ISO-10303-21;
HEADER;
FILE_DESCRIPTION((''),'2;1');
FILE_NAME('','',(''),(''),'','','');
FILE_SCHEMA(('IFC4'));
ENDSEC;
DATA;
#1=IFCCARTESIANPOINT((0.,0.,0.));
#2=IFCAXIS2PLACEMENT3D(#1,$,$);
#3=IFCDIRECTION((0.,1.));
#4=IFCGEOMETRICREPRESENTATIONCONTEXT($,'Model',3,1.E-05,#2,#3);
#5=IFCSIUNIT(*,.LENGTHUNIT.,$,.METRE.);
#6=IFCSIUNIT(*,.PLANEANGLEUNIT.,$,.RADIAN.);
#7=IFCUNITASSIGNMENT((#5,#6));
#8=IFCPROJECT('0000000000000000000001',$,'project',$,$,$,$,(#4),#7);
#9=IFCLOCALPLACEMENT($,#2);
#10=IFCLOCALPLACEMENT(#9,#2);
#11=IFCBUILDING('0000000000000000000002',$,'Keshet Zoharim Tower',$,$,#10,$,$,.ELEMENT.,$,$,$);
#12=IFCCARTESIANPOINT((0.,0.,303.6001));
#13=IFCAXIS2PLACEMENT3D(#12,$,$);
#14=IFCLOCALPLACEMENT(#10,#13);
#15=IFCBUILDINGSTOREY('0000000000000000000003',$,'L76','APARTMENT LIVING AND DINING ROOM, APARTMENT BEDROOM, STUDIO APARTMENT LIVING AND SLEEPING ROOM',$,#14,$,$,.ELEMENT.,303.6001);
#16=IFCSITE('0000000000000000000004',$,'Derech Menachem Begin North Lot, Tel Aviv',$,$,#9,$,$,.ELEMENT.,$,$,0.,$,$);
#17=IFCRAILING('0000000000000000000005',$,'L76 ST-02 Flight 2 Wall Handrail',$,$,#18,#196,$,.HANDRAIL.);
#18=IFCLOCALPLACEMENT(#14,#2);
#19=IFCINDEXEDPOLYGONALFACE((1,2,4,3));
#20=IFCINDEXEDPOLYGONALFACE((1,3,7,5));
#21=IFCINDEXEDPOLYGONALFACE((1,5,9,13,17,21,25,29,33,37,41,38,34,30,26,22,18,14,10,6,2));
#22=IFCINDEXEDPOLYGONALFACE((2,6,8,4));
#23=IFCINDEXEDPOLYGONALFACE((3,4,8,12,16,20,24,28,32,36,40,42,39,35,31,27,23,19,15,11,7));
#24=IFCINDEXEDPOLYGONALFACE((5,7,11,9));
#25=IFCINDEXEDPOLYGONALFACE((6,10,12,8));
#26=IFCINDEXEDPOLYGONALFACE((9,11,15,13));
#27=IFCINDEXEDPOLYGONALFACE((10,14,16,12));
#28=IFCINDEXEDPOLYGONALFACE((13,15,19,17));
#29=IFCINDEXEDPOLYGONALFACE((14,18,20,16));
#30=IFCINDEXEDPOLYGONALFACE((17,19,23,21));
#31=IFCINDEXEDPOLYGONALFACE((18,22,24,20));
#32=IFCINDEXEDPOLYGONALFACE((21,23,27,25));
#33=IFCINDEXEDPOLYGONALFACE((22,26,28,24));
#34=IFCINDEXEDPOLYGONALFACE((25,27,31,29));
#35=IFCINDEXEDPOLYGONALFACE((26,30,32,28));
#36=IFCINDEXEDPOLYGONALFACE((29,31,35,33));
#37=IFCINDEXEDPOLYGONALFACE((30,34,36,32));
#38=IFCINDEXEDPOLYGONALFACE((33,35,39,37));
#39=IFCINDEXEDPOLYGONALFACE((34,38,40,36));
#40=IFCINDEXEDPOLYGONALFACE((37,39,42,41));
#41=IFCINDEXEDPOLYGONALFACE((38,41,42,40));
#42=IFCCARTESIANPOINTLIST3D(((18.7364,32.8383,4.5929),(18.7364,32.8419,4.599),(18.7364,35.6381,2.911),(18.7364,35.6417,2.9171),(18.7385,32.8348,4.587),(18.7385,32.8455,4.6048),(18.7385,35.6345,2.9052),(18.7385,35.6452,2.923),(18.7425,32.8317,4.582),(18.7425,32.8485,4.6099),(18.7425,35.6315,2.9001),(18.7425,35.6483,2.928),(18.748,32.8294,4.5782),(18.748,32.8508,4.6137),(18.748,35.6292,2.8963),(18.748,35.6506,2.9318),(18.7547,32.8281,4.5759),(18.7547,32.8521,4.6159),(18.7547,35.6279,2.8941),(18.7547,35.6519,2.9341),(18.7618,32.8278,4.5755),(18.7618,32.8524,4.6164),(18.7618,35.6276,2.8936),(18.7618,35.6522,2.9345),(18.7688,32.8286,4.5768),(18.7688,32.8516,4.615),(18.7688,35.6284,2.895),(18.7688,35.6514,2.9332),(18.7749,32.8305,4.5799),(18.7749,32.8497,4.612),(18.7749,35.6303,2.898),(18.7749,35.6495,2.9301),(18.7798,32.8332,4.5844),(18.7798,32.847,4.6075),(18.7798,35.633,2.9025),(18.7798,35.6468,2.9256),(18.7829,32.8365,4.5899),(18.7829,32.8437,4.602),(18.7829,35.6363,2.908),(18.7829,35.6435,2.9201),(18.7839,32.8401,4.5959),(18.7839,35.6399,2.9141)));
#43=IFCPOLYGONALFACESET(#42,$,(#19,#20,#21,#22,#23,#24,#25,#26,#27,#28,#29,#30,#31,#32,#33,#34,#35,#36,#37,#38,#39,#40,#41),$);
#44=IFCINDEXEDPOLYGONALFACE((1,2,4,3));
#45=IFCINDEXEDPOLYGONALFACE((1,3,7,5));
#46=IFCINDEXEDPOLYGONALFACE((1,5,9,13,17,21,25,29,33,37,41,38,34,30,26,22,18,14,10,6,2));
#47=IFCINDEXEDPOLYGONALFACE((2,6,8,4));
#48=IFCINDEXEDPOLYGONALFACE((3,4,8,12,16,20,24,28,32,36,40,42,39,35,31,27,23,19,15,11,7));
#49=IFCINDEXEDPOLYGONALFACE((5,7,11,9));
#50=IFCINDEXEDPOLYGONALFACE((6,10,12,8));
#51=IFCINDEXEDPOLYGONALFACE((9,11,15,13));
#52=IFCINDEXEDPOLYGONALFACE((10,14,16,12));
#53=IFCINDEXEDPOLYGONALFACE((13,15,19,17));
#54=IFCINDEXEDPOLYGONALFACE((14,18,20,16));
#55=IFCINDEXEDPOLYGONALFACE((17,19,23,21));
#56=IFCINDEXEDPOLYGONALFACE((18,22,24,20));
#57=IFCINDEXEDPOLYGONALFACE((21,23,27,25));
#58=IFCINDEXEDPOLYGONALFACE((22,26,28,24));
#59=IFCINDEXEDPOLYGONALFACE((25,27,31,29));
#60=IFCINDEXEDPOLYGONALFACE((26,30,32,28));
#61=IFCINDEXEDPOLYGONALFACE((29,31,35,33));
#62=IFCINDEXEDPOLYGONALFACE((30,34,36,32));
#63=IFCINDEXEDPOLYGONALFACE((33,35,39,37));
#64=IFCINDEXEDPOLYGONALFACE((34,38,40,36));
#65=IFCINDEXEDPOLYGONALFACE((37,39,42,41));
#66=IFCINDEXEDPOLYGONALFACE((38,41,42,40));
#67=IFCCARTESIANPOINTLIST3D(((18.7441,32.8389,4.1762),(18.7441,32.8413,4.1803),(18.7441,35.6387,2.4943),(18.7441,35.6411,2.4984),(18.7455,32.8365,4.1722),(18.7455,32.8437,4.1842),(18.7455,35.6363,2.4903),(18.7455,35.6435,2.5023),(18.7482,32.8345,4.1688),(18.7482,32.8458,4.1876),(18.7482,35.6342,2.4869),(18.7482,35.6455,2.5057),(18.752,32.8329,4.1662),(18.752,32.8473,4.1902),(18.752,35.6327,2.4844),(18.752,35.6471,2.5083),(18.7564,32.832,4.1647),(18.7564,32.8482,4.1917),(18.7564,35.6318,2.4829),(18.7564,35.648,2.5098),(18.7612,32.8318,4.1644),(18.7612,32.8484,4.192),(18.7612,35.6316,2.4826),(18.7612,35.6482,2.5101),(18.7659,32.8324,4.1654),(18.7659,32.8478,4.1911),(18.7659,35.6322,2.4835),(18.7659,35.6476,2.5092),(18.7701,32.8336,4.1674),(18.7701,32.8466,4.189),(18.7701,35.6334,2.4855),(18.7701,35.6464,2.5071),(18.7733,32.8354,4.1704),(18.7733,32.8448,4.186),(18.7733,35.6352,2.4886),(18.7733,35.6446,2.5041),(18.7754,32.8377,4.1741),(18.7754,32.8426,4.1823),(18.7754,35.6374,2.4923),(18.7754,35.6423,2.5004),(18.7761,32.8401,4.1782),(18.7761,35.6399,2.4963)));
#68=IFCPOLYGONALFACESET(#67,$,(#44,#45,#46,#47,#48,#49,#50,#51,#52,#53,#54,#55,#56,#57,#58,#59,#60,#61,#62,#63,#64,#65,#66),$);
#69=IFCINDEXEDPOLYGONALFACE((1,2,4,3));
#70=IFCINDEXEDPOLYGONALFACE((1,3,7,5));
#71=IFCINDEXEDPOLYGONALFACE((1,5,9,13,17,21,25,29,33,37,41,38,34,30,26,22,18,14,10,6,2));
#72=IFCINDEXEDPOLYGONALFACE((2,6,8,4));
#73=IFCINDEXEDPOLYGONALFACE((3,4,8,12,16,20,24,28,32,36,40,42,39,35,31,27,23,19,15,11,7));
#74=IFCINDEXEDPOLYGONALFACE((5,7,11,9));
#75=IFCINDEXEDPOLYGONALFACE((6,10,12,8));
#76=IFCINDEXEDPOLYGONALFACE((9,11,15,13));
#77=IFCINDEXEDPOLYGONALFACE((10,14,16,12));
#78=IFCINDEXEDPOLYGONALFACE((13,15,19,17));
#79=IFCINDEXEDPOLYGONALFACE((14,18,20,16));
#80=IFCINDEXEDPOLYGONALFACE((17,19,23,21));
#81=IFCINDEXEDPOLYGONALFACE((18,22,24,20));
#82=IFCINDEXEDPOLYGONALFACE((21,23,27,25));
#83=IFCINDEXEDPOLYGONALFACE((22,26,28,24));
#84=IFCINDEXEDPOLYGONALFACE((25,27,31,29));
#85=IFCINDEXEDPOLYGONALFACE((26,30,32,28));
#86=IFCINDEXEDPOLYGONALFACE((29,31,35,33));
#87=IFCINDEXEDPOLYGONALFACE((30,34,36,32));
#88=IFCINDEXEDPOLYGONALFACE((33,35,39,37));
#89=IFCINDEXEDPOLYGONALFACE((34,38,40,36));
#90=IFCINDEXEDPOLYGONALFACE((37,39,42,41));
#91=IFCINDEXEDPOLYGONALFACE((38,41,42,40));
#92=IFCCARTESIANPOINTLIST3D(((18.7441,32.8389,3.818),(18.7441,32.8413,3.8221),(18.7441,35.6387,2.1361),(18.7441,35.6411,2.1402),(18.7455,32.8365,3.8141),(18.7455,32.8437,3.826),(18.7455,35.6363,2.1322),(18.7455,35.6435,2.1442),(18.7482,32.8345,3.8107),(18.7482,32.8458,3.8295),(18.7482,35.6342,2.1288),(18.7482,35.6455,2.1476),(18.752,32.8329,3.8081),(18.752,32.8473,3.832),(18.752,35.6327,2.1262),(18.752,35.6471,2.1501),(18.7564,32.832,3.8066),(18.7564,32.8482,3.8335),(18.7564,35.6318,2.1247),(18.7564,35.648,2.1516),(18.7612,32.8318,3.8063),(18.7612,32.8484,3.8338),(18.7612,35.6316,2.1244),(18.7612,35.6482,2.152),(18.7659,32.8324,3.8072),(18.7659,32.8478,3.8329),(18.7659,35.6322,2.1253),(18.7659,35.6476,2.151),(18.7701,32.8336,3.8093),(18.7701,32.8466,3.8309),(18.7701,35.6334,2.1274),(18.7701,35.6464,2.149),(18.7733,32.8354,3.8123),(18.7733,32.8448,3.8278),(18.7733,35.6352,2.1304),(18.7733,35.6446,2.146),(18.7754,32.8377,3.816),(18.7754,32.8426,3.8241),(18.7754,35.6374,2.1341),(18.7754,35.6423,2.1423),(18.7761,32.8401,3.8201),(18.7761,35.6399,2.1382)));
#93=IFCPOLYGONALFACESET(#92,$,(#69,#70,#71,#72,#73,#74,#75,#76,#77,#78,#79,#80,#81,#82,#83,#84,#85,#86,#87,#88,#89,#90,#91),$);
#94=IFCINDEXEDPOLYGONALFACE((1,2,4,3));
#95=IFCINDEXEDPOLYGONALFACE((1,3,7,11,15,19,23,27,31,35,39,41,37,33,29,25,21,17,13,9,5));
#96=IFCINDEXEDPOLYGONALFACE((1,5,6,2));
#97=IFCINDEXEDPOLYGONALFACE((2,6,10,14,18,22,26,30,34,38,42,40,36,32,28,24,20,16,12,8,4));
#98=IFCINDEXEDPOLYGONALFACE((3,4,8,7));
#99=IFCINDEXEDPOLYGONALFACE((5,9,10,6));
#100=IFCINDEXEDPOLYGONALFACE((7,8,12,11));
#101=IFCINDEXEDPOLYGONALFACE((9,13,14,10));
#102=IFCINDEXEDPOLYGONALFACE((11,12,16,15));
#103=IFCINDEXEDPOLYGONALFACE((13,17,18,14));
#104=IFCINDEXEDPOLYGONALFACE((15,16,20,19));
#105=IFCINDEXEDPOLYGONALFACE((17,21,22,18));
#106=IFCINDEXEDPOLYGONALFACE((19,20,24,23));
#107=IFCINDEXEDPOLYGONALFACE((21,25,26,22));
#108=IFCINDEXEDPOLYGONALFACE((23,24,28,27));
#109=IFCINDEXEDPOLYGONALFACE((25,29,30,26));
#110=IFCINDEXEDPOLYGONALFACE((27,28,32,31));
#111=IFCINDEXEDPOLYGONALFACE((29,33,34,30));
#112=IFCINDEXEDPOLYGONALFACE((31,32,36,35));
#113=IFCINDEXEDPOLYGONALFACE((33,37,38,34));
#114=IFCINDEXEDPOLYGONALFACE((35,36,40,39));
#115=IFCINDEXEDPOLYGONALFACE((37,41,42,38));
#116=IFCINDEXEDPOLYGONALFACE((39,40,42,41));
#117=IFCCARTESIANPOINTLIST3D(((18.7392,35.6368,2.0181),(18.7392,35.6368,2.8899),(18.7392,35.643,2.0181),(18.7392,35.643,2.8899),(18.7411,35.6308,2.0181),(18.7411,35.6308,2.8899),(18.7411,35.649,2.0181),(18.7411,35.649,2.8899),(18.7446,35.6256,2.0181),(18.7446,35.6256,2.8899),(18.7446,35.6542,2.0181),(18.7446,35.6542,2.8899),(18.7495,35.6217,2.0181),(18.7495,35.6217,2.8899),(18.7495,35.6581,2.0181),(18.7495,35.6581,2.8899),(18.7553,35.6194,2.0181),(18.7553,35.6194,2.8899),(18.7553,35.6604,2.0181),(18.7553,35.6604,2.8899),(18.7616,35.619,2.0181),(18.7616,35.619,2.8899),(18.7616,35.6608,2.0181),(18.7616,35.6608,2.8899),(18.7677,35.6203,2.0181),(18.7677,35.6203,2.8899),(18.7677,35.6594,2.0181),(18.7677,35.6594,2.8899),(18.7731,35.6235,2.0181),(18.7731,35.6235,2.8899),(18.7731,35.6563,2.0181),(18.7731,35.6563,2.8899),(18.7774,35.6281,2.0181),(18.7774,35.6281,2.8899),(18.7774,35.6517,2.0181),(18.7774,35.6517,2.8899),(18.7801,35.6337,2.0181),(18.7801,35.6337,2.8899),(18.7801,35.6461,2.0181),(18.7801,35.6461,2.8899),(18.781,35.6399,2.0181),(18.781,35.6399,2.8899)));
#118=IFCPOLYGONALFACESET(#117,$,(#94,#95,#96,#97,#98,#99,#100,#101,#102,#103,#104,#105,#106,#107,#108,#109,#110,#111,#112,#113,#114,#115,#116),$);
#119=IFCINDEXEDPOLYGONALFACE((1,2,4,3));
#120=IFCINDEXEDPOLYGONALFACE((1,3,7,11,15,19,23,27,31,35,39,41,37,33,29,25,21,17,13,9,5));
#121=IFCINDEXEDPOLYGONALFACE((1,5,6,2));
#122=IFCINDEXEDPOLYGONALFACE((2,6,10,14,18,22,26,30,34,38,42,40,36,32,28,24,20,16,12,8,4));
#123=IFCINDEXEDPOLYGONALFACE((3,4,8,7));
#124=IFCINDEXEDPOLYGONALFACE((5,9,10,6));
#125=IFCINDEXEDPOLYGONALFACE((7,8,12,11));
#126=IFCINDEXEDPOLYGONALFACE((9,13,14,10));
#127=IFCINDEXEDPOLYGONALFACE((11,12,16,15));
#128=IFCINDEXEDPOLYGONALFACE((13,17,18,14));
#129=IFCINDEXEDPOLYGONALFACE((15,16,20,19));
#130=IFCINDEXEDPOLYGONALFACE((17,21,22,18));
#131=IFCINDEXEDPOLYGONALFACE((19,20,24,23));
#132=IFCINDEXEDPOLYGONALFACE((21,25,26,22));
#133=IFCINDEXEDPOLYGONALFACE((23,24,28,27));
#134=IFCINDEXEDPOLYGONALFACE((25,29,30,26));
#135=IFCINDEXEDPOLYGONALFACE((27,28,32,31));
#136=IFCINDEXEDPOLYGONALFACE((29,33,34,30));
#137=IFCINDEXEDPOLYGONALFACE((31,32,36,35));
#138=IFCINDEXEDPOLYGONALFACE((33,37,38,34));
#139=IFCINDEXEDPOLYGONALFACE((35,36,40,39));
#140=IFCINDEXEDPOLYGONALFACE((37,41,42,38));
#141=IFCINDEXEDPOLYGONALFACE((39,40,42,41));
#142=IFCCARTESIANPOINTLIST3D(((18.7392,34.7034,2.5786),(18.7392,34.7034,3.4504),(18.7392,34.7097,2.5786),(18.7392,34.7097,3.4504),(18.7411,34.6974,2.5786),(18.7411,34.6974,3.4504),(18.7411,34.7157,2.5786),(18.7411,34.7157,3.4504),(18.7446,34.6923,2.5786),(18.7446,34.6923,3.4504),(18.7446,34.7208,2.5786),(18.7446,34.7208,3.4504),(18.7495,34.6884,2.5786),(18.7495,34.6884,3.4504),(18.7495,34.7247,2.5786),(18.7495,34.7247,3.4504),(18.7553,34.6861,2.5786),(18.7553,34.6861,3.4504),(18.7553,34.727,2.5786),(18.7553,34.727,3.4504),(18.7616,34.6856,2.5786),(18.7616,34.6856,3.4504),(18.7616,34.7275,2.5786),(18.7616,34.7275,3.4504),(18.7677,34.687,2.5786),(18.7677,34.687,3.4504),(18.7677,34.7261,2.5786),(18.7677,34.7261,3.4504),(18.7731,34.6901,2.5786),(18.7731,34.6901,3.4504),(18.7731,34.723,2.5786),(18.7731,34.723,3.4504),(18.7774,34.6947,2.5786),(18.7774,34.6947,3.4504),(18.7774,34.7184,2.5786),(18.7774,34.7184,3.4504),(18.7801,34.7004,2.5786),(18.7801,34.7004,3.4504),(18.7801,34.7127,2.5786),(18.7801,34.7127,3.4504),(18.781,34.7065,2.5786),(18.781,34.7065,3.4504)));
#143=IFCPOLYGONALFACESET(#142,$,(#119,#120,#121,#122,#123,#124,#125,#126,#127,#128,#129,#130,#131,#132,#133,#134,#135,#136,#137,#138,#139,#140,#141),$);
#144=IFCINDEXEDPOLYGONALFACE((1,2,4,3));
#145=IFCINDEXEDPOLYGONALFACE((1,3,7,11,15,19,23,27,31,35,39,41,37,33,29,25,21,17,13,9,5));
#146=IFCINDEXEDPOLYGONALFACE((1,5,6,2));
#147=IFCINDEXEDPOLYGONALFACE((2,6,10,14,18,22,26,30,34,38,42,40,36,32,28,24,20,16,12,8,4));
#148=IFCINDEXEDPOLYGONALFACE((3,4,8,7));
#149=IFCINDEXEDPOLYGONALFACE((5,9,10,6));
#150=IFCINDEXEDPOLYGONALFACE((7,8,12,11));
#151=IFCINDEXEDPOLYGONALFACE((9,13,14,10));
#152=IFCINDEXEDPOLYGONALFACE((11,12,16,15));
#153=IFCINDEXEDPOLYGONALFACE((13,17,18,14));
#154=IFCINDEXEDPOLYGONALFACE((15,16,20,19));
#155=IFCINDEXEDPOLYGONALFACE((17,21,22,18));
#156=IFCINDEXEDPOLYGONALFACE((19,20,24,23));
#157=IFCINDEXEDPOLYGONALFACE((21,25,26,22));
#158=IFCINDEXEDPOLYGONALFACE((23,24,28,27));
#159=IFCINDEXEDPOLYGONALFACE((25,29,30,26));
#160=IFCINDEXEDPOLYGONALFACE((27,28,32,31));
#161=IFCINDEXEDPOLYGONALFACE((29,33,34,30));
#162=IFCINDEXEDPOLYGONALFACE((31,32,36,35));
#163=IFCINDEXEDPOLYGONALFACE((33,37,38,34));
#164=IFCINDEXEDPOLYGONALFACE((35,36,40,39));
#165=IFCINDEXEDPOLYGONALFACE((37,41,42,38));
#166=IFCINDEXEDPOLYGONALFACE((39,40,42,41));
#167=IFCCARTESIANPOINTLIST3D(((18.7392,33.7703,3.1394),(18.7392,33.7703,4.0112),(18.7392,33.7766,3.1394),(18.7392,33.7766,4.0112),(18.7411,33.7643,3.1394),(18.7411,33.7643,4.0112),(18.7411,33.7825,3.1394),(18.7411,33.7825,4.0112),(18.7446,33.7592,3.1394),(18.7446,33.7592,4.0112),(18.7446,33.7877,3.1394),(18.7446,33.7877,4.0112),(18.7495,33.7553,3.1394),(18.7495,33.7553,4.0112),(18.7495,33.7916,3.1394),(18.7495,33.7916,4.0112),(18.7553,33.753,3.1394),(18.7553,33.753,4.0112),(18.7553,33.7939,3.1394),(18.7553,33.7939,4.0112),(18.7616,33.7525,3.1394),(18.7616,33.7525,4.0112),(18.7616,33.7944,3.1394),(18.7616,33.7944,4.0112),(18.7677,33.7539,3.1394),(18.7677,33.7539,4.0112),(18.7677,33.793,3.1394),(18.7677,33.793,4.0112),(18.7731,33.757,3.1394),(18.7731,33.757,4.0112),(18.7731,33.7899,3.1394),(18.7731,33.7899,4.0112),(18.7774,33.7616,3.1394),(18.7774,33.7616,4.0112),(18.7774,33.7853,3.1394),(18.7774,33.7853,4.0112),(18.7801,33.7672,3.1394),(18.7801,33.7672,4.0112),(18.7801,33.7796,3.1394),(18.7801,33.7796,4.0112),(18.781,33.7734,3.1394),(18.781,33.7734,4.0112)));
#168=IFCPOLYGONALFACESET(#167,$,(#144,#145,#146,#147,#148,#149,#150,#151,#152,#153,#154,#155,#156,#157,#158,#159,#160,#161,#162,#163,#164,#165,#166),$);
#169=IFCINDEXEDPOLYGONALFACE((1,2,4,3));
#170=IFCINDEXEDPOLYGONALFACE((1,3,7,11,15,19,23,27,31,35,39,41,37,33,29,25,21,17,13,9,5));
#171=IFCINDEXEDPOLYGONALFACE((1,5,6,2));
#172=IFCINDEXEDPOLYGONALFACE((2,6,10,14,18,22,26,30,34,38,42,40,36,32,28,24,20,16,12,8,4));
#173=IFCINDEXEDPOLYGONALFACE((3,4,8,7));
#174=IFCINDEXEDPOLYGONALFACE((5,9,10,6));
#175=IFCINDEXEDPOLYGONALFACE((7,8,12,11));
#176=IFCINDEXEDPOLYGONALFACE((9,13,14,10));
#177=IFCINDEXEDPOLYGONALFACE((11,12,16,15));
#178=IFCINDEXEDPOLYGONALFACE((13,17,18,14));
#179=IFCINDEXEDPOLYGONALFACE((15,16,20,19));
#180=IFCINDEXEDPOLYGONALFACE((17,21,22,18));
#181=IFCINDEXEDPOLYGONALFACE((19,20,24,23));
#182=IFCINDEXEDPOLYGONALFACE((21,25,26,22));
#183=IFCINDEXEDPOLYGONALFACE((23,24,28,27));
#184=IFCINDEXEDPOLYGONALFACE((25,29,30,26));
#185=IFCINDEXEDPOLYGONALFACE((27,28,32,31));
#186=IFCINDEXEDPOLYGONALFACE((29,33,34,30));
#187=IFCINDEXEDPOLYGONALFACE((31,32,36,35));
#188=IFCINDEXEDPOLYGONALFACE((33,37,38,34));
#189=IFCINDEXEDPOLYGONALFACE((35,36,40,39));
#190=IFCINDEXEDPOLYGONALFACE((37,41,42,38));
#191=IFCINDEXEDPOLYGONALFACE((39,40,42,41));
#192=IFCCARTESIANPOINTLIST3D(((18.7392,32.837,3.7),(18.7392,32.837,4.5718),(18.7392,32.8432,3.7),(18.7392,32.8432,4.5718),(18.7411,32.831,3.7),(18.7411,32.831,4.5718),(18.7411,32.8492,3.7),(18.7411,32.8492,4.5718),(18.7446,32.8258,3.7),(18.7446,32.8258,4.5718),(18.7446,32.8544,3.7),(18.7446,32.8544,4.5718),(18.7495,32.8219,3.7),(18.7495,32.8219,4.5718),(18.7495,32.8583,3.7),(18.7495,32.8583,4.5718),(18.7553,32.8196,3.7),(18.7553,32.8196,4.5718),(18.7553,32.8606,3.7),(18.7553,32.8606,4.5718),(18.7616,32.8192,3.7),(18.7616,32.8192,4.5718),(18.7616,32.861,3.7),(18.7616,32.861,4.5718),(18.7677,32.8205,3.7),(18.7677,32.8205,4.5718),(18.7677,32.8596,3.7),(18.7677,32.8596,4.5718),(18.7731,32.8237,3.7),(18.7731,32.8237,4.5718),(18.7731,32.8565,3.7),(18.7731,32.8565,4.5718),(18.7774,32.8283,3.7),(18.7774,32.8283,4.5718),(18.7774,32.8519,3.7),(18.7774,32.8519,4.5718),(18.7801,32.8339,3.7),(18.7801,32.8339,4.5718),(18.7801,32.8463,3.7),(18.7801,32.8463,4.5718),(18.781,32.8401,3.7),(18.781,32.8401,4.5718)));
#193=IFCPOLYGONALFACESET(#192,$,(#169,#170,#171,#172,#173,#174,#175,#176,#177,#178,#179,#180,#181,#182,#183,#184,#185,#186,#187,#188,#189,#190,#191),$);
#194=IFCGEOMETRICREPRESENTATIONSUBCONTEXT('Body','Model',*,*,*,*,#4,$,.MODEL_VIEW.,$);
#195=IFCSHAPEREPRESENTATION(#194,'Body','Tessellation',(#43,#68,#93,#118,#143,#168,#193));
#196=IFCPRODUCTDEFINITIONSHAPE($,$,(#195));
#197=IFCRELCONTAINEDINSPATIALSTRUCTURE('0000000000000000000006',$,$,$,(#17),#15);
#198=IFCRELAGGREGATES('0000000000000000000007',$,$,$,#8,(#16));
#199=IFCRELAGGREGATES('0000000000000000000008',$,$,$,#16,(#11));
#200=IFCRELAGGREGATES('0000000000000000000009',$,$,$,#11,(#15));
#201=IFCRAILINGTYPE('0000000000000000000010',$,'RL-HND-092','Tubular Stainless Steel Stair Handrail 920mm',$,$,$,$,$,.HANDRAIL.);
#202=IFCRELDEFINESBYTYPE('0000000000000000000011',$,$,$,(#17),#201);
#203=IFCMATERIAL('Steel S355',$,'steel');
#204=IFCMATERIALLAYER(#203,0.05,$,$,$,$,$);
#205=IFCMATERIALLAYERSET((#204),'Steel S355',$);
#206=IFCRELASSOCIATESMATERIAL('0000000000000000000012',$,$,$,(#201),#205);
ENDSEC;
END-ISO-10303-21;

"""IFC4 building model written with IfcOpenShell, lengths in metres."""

from ifc_helpers import new_model, si_unit, direction, frame, origin, origin_2d, place, context, subcontext, project, spatial, circle, extrude, material, layer, layer_set, type_object, element, save


model = new_model("IFC4")

# Units and contexts
model_context = context("Model", 3, precision=1e-05, world=origin(), true_north=direction((0.0, 1.0)))
body_context = subcontext(model_context, "Body", "Model", "MODEL_VIEW")
ifc_project = project(units=[si_unit("LENGTHUNIT", "METRE"), si_unit("PLANEANGLEUNIT", "RADIAN")], contexts=[model_context])

# Site, building, storey
site_placement = place(None, origin())
site = spatial("IfcSite", under=ifc_project, at=site_placement, Name="Derech Menachem Begin North Lot, Tel Aviv", CompositionType="ELEMENT", RefElevation=0.0)
building_placement = place(site_placement, origin())
building = spatial("IfcBuilding", under=site, at=building_placement, Name="Keshet Zoharim Tower", CompositionType="ELEMENT")
storey_placement = place(building_placement, frame((0.0, 0.0, 303.6001)))
storey = spatial("IfcBuildingStorey", under=building, at=storey_placement, Name="L76", Description="APARTMENT LIVING AND DINING ROOM, APARTMENT BEDROOM, STUDIO APARTMENT LIVING AND SLEEPING ROOM", CompositionType="ELEMENT", Elevation=303.6001)

# Shared definitions
ifc_material_1 = material(Name="Steel S355", Category="steel")

# Railing
ifc_layer_1 = layer(ifc_material_1, 0.05)
ifc_layer_set_1 = layer_set([ifc_layer_1], Name="Steel S355")
railing_type_1 = type_object("IfcRailingType", Name="RL-HND-092", Description="Tubular Stainless Steel Stair Handrail 920mm", PredefinedType="HANDRAIL", material=ifc_layer_set_1)
railing_1_placement = place(storey_placement, frame((18.76, 35.6399, 2.0181)))
element("IfcRailing", 1, at=railing_1_placement, inside=storey, type_object=railing_type_1, Name="L76 ST-02 Flight 2 Wall Handrail", PredefinedType="HANDRAIL", context=body_context, shape_type="SweptSolid", body=[
    extrude(circle(Radius=0.0239, at=origin_2d()), frame((0.0, 0.0, 0.896), z_axis=(0.0, -0.857222, 0.514946), x_axis=(1.0, 0.0, 0.0)), (0.0, 0.0, 1.0), 3.2661),
    extrude(circle(Radius=0.0161, at=origin_2d()), frame((0.0, 0.0, 0.4783), z_axis=(0.0, -0.857222, 0.514946), x_axis=(1.0, 0.0, 0.0)), (0.0, 0.0, 1.0), 3.2661),
    extrude(circle(Radius=0.0161, at=origin_2d()), frame((0.0, 0.0, 0.1201), z_axis=(0.0, -0.857222, 0.514946), x_axis=(1.0, 0.0, 0.0)), (0.0, 0.0, 1.0), 3.2661),
    extrude(circle(Radius=0.021, at=origin_2d()), origin(), (0.0, 0.0, 1.0), 0.8718),
    extrude(circle(Radius=0.021, at=origin_2d()), frame((0.0, -0.9333, 0.5605)), (0.0, 0.0, 1.0), 0.8718),
    extrude(circle(Radius=0.021, at=origin_2d()), frame((0.0, -1.8665, 1.1213)), (0.0, 0.0, 1.0), 0.8718),
    extrude(circle(Radius=0.021, at=origin_2d()), frame((0.0, -2.7998, 1.6819)), (0.0, 0.0, 1.0), 0.8718),
])

save(model, "model.ifc")
